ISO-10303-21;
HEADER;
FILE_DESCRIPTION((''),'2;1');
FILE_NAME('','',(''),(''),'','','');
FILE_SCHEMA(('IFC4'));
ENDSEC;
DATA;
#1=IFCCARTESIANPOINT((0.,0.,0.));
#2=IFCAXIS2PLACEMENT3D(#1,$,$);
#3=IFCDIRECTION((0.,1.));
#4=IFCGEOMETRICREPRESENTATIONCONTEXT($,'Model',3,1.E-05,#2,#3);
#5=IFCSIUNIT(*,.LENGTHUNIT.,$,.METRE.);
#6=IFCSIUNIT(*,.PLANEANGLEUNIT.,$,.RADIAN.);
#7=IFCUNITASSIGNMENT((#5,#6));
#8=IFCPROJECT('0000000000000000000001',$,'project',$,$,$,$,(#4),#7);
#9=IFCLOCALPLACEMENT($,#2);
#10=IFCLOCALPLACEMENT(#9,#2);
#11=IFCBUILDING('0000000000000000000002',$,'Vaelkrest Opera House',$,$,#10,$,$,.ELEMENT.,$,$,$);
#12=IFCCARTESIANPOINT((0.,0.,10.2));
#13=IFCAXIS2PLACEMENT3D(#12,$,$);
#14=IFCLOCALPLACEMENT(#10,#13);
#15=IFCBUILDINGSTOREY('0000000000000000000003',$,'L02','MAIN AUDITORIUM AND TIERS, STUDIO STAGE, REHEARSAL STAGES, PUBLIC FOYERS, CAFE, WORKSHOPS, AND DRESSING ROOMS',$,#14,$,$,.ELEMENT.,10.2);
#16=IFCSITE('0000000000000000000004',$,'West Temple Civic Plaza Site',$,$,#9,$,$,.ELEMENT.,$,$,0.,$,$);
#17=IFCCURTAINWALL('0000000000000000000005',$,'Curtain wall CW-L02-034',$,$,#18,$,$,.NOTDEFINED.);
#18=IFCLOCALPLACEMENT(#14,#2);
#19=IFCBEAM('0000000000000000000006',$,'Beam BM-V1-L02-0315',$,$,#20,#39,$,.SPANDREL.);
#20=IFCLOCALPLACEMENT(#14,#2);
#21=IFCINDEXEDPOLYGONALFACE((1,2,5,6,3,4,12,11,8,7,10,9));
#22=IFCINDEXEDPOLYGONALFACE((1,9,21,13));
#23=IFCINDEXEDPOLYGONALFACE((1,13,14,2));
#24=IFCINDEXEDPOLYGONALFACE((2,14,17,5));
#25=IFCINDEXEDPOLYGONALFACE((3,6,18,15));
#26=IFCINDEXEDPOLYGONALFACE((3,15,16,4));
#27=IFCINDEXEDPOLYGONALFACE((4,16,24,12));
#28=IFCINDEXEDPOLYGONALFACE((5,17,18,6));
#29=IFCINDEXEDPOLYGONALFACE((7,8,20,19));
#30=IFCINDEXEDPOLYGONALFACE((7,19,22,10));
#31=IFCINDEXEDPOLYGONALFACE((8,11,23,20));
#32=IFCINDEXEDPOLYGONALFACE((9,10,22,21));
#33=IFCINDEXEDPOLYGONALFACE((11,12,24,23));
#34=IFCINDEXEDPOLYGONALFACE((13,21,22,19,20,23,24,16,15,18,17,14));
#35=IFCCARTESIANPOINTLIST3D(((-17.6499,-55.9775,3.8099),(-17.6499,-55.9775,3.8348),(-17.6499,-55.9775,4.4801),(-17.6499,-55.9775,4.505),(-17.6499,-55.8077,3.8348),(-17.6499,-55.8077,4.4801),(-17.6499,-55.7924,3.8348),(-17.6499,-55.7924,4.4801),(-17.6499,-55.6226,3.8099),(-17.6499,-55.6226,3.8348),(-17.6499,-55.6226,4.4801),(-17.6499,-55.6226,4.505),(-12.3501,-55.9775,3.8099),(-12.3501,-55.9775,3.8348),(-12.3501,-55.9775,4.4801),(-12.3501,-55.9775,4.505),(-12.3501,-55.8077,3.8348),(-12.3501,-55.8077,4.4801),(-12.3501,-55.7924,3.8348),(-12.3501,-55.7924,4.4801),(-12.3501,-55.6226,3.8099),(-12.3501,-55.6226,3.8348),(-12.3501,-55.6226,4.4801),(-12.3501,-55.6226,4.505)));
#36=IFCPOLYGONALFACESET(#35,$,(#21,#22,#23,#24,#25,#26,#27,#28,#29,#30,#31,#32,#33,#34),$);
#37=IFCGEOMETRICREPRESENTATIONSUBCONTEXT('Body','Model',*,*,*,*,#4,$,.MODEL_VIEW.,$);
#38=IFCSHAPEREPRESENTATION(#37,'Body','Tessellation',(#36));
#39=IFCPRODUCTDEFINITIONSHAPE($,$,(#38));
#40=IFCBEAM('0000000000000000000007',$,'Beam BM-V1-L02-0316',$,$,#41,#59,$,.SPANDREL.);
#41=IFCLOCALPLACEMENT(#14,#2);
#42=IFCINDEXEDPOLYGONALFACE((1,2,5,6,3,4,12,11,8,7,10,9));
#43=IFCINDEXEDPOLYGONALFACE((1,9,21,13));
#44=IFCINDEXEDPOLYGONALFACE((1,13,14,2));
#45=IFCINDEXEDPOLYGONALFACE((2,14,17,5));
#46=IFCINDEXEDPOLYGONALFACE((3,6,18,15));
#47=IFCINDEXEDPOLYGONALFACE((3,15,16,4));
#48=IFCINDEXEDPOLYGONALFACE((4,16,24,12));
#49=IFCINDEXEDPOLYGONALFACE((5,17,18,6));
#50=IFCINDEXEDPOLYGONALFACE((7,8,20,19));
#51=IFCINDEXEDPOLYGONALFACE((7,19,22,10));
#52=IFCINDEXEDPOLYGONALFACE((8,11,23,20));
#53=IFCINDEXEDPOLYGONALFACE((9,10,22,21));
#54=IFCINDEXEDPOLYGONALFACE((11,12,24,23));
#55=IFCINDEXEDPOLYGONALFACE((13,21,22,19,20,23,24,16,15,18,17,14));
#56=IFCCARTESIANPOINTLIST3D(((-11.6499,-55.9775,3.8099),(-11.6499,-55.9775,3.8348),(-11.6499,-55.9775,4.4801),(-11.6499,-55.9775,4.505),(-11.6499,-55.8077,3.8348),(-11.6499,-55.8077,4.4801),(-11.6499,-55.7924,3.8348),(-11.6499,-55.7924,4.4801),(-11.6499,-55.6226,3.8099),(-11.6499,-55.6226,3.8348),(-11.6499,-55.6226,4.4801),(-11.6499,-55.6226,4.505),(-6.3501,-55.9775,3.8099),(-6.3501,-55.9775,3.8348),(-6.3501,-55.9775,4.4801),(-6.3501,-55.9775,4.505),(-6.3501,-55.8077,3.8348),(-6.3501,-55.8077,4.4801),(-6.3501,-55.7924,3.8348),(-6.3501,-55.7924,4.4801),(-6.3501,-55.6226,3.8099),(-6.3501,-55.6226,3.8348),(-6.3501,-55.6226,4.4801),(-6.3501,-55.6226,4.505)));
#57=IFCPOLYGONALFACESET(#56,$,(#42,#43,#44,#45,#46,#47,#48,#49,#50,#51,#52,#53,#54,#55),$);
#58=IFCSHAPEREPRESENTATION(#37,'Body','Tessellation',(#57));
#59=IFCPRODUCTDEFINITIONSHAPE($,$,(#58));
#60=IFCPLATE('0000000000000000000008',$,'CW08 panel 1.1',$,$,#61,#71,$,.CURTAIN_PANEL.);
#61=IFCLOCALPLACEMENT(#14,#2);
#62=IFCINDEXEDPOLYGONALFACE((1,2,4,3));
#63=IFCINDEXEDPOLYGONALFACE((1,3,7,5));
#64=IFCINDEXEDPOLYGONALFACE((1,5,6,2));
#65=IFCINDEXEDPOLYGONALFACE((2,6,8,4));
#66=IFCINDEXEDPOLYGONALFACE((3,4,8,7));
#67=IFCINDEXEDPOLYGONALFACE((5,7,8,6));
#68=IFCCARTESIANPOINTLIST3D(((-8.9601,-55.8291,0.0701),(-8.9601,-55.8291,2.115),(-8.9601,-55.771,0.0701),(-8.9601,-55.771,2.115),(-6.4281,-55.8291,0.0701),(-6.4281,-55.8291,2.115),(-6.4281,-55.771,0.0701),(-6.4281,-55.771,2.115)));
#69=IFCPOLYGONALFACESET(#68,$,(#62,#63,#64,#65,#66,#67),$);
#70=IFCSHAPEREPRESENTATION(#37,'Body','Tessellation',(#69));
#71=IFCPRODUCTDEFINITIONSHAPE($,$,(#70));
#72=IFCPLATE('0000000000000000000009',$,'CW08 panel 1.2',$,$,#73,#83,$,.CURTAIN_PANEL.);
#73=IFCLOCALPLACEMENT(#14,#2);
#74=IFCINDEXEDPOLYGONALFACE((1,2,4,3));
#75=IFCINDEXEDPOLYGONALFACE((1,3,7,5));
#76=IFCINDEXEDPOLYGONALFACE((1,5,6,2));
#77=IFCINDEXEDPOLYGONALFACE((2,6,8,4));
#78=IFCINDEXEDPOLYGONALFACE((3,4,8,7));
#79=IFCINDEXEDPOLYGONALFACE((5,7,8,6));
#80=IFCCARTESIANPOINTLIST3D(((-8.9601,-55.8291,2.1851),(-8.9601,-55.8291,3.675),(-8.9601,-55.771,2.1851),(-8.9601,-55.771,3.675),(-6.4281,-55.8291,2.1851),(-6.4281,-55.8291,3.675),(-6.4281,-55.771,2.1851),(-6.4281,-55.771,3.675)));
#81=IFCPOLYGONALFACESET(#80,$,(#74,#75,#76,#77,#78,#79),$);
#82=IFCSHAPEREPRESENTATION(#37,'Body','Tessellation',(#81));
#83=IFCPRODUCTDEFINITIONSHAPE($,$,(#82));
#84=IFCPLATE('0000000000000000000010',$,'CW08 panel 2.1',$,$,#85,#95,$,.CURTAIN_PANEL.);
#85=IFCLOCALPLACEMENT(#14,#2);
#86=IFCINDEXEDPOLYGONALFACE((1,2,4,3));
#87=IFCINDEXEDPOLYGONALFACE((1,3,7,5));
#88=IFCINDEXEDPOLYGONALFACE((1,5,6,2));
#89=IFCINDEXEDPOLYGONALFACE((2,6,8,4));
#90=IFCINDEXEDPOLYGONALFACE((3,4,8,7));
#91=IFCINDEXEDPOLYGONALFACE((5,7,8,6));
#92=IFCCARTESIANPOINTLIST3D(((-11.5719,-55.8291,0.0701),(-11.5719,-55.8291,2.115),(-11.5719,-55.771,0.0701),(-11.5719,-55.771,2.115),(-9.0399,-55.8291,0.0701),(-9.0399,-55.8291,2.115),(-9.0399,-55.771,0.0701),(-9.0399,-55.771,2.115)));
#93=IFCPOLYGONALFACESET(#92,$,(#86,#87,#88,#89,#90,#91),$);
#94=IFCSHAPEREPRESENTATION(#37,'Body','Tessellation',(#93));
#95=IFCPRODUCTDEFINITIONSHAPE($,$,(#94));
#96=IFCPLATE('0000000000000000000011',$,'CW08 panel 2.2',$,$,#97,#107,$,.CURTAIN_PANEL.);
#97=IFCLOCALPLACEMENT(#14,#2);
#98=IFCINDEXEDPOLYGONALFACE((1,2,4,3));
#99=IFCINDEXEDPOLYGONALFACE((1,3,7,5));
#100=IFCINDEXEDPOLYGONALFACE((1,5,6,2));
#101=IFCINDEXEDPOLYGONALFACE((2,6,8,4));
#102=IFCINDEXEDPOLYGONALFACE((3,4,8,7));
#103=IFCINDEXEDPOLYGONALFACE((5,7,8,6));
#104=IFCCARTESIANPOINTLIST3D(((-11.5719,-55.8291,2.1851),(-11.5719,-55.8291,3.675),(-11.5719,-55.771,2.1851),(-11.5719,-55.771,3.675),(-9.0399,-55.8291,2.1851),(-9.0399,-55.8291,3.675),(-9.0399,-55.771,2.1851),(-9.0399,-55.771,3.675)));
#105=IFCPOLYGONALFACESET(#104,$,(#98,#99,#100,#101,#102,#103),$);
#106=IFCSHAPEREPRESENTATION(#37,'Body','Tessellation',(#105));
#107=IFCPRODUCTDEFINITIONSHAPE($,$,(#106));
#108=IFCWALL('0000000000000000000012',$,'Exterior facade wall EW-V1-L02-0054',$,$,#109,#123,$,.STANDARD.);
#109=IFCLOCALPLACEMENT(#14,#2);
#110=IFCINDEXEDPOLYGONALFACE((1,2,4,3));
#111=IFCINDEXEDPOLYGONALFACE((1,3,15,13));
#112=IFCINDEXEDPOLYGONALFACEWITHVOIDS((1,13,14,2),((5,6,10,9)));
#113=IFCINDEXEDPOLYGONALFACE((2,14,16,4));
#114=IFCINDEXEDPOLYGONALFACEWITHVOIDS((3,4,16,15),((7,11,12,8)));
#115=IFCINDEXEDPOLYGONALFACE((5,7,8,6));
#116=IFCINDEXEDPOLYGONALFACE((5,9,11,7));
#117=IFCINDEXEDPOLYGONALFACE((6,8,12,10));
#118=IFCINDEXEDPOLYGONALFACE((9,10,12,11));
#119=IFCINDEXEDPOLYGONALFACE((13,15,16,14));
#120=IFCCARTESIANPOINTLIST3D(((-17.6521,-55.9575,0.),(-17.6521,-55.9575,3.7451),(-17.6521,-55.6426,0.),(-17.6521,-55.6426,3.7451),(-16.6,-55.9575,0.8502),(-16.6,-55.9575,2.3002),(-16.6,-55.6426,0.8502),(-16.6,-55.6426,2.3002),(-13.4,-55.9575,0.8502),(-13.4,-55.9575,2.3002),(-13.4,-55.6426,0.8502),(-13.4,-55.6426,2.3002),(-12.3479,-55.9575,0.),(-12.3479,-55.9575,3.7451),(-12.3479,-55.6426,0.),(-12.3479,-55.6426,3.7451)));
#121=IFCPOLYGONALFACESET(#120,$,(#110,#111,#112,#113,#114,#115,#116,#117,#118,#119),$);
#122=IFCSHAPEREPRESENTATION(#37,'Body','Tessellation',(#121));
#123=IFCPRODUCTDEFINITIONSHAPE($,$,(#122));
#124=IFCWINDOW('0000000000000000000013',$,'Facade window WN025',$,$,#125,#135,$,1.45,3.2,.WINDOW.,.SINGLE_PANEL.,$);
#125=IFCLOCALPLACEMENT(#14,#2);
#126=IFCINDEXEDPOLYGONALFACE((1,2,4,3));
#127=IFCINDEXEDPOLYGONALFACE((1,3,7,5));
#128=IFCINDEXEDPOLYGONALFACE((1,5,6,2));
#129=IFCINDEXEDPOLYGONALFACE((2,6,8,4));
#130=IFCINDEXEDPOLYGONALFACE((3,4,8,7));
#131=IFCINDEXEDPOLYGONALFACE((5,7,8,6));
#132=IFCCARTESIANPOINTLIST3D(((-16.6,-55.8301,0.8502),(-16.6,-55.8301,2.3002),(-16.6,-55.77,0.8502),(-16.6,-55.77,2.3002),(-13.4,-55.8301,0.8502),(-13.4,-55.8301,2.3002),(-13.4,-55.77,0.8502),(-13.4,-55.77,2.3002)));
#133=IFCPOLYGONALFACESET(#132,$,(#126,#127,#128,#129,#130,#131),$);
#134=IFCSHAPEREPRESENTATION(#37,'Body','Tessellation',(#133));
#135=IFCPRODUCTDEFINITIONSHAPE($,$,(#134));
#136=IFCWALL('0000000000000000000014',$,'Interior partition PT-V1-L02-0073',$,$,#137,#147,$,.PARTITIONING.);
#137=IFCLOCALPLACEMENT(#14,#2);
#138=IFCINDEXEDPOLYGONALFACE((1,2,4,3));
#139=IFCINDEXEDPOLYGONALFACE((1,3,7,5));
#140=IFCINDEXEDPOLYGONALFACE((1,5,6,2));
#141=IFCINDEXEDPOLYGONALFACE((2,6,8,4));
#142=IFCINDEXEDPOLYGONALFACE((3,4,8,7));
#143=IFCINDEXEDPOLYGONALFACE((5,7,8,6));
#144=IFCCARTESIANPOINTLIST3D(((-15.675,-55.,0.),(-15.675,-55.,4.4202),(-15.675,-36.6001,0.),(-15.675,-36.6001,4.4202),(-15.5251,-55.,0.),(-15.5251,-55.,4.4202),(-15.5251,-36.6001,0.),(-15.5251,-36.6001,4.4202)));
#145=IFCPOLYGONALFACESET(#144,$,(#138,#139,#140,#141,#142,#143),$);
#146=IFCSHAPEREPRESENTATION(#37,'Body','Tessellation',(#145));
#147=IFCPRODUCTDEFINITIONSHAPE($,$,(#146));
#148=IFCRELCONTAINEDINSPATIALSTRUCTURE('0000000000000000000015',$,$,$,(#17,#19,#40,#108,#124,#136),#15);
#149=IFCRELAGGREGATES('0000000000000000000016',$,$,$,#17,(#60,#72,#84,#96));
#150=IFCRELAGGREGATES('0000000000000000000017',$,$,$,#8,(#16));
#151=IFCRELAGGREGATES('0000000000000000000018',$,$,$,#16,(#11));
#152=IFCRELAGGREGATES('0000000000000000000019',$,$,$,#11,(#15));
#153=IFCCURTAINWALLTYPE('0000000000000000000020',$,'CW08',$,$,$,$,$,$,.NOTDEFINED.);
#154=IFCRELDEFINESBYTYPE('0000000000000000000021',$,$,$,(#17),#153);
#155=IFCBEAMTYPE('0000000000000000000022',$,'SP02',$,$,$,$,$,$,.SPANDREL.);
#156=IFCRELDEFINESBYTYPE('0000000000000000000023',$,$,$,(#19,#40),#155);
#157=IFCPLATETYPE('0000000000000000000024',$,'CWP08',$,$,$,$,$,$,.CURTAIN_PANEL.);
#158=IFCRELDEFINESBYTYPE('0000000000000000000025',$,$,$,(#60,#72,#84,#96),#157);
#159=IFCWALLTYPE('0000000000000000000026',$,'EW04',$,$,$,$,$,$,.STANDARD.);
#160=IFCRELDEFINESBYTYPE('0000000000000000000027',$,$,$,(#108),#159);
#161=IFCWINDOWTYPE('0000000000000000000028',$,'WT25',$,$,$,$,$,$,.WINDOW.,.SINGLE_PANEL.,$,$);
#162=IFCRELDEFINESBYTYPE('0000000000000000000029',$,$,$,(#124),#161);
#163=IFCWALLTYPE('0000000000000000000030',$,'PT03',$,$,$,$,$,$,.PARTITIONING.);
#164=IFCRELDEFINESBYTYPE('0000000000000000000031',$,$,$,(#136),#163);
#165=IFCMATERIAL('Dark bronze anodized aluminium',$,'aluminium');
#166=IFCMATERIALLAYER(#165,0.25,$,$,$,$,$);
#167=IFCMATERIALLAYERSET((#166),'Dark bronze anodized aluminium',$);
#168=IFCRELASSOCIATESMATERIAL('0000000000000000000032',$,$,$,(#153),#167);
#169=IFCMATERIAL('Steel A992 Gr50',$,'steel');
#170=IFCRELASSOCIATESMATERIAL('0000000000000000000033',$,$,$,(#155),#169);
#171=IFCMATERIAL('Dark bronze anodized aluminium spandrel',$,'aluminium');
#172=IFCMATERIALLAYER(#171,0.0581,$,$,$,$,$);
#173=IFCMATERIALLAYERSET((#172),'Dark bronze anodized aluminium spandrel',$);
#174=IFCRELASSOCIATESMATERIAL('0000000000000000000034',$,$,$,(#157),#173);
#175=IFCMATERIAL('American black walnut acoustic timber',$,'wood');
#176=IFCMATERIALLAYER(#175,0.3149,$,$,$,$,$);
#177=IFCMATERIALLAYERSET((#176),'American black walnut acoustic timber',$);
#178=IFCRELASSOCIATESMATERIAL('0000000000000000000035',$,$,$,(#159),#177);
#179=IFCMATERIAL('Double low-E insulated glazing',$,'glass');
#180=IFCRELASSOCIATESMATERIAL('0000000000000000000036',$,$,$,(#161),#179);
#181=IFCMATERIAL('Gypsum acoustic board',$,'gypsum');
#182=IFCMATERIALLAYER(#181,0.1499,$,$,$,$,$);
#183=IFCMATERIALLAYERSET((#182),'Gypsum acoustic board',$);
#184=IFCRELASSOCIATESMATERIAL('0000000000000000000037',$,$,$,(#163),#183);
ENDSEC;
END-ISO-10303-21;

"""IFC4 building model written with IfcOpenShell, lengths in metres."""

from ifc_helpers import new_model, si_unit, direction, frame, frame_2d, origin, origin_2d, place, context, subcontext, project, spatial, rectangle, i_section, extrude, material, layer, layer_set, material_profile, profile_set, type_object, element, fill, aggregate, save


model = new_model("IFC4")

# Units and contexts
model_context = context("Model", 3, precision=1e-05, world=origin(), true_north=direction((0.0, 1.0)))
body_context = subcontext(model_context, "Body", "Model", "MODEL_VIEW")
ifc_project = project(units=[si_unit("LENGTHUNIT", "METRE"), si_unit("PLANEANGLEUNIT", "RADIAN")], contexts=[model_context])

# Site, building, storey
site_placement = place(None, origin())
site = spatial("IfcSite", under=ifc_project, at=site_placement, Name="West Temple Civic Plaza Site", CompositionType="ELEMENT", RefElevation=0.0)
building_placement = place(site_placement, origin())
building = spatial("IfcBuilding", under=site, at=building_placement, Name="Vaelkrest Opera House", CompositionType="ELEMENT")
storey_placement = place(building_placement, frame((0.0, 0.0, 10.2)))
storey = spatial("IfcBuildingStorey", under=building, at=storey_placement, Name="L02", Description="MAIN AUDITORIUM AND TIERS, STUDIO STAGE, REHEARSAL STAGES, PUBLIC FOYERS, CAFE, WORKSHOPS, AND DRESSING ROOMS", CompositionType="ELEMENT", Elevation=10.2)

# Shared definitions
ifc_material_1 = material(Name="Steel A992 Gr50", Category="steel")

# Shared definitions
ifc_material_2 = material(Name="Dark bronze anodized aluminium", Category="aluminium")

# Curtain wall
ifc_layer_1 = layer(ifc_material_2, 0.25)
ifc_layer_set_1 = layer_set([ifc_layer_1], Name="Dark bronze anodized aluminium")
curtain_wall_type_1 = type_object("IfcCurtainWallType", Name="CW08", PredefinedType="NOTDEFINED", material=ifc_layer_set_1)
curtain_wall_1_placement = place(storey_placement, origin())
curtain_wall_1 = element("IfcCurtainWall", 1, at=curtain_wall_1_placement, inside=storey, type_object=curtain_wall_type_1, Name="Curtain wall CW-L02-034", PredefinedType="NOTDEFINED")

# Beams
ifc_material_profile_1 = material_profile(ifc_material_1, i_section(OverallWidth=0.355, OverallDepth=0.6951, WebThickness=0.0154, FlangeThickness=0.0249, at=origin_2d()), Name="W27X146")
ifc_profile_set_1 = profile_set([ifc_material_profile_1], Name="Steel A992 Gr50")
beam_type_1 = type_object("IfcBeamType", Name="SP02", PredefinedType="SPANDREL", material=ifc_profile_set_1)
for number, where, z_axis, x_axis, name in (
    (2, (-17.6499, -55.8, 4.1575), (1.0, 0.0, 0.0), (0.0, 1.0, 0.0), "Beam BM-V1-L02-0315"),
    (3, (-11.6499, -55.8, 4.1575), (1.0, 0.0, 0.0), (0.0, 1.0, 0.0), "Beam BM-V1-L02-0316"),
):
    element("IfcBeam", number, at=place(storey_placement, frame(where, z_axis=z_axis, x_axis=x_axis)), inside=storey, type_object=beam_type_1, Name=name, PredefinedType="SPANDREL", context=body_context, shape_type="SweptSolid", body=[
        extrude(i_section(OverallWidth=0.355, OverallDepth=0.6951, WebThickness=0.0154, FlangeThickness=0.0249, at=origin_2d()), origin(), (0.0, 0.0, 1.0), 5.2998),
    ])

# Plates
ifc_material_3 = material(Name="Dark bronze anodized aluminium spandrel", Category="aluminium")
ifc_layer_2 = layer(ifc_material_3, 0.0581)
ifc_layer_set_2 = layer_set([ifc_layer_2], Name="Dark bronze anodized aluminium spandrel")
plate_type = type_object("IfcPlateType", Name="CWP08", PredefinedType="CURTAIN_PANEL", material=ifc_layer_set_2)
plate_1_placement = place(storey_placement, frame((-7.6941, -55.8, 0.0701), z_axis=(0.0, 0.0, 1.0), x_axis=(-1.0, 0.0, 0.0)))
plate_1 = element("IfcPlate", 4, at=plate_1_placement, type_object=plate_type, Name="CW08 panel 1.1", PredefinedType="CURTAIN_PANEL", context=body_context, shape_type="SweptSolid", body=[
    extrude(rectangle(XDim=2.532, YDim=0.0581, at=origin_2d()), origin(), (0.0, 0.0, 1.0), 2.0449),
])
plate_2_placement = place(storey_placement, frame((-7.6941, -55.8, 2.1851), z_axis=(0.0, 0.0, 1.0), x_axis=(-1.0, 0.0, 0.0)))
plate_2 = element("IfcPlate", 5, at=plate_2_placement, type_object=plate_type, Name="CW08 panel 1.2", PredefinedType="CURTAIN_PANEL", context=body_context, shape_type="SweptSolid", body=[
    extrude(rectangle(XDim=2.532, YDim=0.0581, at=origin_2d()), origin(), (0.0, 0.0, 1.0), 1.49),
])
plate_3_placement = place(storey_placement, frame((-10.3059, -55.8, 0.0701), z_axis=(0.0, 0.0, 1.0), x_axis=(-1.0, 0.0, 0.0)))
plate_3 = element("IfcPlate", 6, at=plate_3_placement, type_object=plate_type, Name="CW08 panel 2.1", PredefinedType="CURTAIN_PANEL", context=body_context, shape_type="SweptSolid", body=[
    extrude(rectangle(XDim=2.532, YDim=0.0581, at=origin_2d()), origin(), (0.0, 0.0, 1.0), 2.0449),
])
plate_4_placement = place(storey_placement, frame((-10.3059, -55.8, 2.1851), z_axis=(0.0, 0.0, 1.0), x_axis=(-1.0, 0.0, 0.0)))
plate_4 = element("IfcPlate", 7, at=plate_4_placement, type_object=plate_type, Name="CW08 panel 2.2", PredefinedType="CURTAIN_PANEL", context=body_context, shape_type="SweptSolid", body=[
    extrude(rectangle(XDim=2.532, YDim=0.0581, at=origin_2d()), origin(), (0.0, 0.0, 1.0), 1.49),
])
aggregate(curtain_wall_1, [plate_1, plate_2, plate_3, plate_4])

# Wall, opening, window
ifc_material_4 = material(Name="American black walnut acoustic timber", Category="wood")
ifc_layer_3 = layer(ifc_material_4, 0.3149)
ifc_layer_set_3 = layer_set([ifc_layer_3], Name="American black walnut acoustic timber")
wall_type_1 = type_object("IfcWallType", Name="EW04", PredefinedType="STANDARD", material=ifc_layer_set_3)
wall_1_placement = place(storey_placement, frame((-12.3479, -55.8, 0.0), z_axis=(0.0, 0.0, 1.0), x_axis=(-1.0, 0.0, 0.0)))
wall_1 = element("IfcWall", 8, at=wall_1_placement, inside=storey, type_object=wall_type_1, Name="Exterior facade wall EW-V1-L02-0054", PredefinedType="STANDARD", context=body_context, shape_type="SweptSolid", body=[
    extrude(rectangle(XDim=5.3042, YDim=0.3149, at=frame_2d((2.6521, 0.0))), origin(), (0.0, 0.0, 1.0), 3.7451),
])
opening_placement = place(wall_1_placement, frame((1.052, 0.0, 0.8501)))
opening = element("IfcOpeningElement", 9, at=opening_placement, cuts=wall_1, PredefinedType="OPENING", context=body_context, shape_type="SweptSolid", body=[
    extrude(rectangle(XDim=3.2, YDim=1.45, at=frame_2d((1.6001, 0.7251))), frame((0.0, 0.1675, 0.0), z_axis=(0.0, -1.0, 0.0), x_axis=(1.0, 0.0, 0.0)), (0.0, 0.0, 1.0), 0.335),
])
ifc_material_5 = material(Name="Double low-E insulated glazing", Category="glass")
window_type = type_object("IfcWindowType", Name="WT25", PartitioningType="SINGLE_PANEL", PredefinedType="WINDOW", material=ifc_material_5)
window_placement = place(opening_placement, origin())
window = element("IfcWindow", 10, at=window_placement, inside=storey, type_object=window_type, Name="Facade window WN025", OverallHeight=1.45, OverallWidth=3.2, PartitioningType="SINGLE_PANEL", PredefinedType="WINDOW", context=body_context, shape_type="SweptSolid", body=[
    extrude(rectangle(XDim=3.2, YDim=1.45, at=frame_2d((1.6001, 0.7251))), frame((0.0, 0.03, 0.0), z_axis=(0.0, -1.0, 0.0), x_axis=(1.0, 0.0, 0.0)), (0.0, 0.0, 1.0), 0.0601),
])
fill(opening, window)

# Wall
ifc_material_6 = material(Name="Gypsum acoustic board", Category="gypsum")
ifc_layer_4 = layer(ifc_material_6, 0.1499)
ifc_layer_set_4 = layer_set([ifc_layer_4], Name="Gypsum acoustic board")
wall_type_2 = type_object("IfcWallType", Name="PT03", PredefinedType="PARTITIONING", material=ifc_layer_set_4)
wall_2_placement = place(storey_placement, frame((-15.6001, -55.0, 0.0), z_axis=(0.0, 0.0, 1.0), x_axis=(0.0, 1.0, 0.0)))
element("IfcWall", 11, at=wall_2_placement, inside=storey, type_object=wall_type_2, Name="Interior partition PT-V1-L02-0073", PredefinedType="PARTITIONING", context=body_context, shape_type="SweptSolid", body=[
    extrude(rectangle(XDim=18.3999, YDim=0.1499, at=frame_2d((9.2, 0.0))), origin(), (0.0, 0.0, 1.0), 4.4202),
])

save(model, "model.ifc")
